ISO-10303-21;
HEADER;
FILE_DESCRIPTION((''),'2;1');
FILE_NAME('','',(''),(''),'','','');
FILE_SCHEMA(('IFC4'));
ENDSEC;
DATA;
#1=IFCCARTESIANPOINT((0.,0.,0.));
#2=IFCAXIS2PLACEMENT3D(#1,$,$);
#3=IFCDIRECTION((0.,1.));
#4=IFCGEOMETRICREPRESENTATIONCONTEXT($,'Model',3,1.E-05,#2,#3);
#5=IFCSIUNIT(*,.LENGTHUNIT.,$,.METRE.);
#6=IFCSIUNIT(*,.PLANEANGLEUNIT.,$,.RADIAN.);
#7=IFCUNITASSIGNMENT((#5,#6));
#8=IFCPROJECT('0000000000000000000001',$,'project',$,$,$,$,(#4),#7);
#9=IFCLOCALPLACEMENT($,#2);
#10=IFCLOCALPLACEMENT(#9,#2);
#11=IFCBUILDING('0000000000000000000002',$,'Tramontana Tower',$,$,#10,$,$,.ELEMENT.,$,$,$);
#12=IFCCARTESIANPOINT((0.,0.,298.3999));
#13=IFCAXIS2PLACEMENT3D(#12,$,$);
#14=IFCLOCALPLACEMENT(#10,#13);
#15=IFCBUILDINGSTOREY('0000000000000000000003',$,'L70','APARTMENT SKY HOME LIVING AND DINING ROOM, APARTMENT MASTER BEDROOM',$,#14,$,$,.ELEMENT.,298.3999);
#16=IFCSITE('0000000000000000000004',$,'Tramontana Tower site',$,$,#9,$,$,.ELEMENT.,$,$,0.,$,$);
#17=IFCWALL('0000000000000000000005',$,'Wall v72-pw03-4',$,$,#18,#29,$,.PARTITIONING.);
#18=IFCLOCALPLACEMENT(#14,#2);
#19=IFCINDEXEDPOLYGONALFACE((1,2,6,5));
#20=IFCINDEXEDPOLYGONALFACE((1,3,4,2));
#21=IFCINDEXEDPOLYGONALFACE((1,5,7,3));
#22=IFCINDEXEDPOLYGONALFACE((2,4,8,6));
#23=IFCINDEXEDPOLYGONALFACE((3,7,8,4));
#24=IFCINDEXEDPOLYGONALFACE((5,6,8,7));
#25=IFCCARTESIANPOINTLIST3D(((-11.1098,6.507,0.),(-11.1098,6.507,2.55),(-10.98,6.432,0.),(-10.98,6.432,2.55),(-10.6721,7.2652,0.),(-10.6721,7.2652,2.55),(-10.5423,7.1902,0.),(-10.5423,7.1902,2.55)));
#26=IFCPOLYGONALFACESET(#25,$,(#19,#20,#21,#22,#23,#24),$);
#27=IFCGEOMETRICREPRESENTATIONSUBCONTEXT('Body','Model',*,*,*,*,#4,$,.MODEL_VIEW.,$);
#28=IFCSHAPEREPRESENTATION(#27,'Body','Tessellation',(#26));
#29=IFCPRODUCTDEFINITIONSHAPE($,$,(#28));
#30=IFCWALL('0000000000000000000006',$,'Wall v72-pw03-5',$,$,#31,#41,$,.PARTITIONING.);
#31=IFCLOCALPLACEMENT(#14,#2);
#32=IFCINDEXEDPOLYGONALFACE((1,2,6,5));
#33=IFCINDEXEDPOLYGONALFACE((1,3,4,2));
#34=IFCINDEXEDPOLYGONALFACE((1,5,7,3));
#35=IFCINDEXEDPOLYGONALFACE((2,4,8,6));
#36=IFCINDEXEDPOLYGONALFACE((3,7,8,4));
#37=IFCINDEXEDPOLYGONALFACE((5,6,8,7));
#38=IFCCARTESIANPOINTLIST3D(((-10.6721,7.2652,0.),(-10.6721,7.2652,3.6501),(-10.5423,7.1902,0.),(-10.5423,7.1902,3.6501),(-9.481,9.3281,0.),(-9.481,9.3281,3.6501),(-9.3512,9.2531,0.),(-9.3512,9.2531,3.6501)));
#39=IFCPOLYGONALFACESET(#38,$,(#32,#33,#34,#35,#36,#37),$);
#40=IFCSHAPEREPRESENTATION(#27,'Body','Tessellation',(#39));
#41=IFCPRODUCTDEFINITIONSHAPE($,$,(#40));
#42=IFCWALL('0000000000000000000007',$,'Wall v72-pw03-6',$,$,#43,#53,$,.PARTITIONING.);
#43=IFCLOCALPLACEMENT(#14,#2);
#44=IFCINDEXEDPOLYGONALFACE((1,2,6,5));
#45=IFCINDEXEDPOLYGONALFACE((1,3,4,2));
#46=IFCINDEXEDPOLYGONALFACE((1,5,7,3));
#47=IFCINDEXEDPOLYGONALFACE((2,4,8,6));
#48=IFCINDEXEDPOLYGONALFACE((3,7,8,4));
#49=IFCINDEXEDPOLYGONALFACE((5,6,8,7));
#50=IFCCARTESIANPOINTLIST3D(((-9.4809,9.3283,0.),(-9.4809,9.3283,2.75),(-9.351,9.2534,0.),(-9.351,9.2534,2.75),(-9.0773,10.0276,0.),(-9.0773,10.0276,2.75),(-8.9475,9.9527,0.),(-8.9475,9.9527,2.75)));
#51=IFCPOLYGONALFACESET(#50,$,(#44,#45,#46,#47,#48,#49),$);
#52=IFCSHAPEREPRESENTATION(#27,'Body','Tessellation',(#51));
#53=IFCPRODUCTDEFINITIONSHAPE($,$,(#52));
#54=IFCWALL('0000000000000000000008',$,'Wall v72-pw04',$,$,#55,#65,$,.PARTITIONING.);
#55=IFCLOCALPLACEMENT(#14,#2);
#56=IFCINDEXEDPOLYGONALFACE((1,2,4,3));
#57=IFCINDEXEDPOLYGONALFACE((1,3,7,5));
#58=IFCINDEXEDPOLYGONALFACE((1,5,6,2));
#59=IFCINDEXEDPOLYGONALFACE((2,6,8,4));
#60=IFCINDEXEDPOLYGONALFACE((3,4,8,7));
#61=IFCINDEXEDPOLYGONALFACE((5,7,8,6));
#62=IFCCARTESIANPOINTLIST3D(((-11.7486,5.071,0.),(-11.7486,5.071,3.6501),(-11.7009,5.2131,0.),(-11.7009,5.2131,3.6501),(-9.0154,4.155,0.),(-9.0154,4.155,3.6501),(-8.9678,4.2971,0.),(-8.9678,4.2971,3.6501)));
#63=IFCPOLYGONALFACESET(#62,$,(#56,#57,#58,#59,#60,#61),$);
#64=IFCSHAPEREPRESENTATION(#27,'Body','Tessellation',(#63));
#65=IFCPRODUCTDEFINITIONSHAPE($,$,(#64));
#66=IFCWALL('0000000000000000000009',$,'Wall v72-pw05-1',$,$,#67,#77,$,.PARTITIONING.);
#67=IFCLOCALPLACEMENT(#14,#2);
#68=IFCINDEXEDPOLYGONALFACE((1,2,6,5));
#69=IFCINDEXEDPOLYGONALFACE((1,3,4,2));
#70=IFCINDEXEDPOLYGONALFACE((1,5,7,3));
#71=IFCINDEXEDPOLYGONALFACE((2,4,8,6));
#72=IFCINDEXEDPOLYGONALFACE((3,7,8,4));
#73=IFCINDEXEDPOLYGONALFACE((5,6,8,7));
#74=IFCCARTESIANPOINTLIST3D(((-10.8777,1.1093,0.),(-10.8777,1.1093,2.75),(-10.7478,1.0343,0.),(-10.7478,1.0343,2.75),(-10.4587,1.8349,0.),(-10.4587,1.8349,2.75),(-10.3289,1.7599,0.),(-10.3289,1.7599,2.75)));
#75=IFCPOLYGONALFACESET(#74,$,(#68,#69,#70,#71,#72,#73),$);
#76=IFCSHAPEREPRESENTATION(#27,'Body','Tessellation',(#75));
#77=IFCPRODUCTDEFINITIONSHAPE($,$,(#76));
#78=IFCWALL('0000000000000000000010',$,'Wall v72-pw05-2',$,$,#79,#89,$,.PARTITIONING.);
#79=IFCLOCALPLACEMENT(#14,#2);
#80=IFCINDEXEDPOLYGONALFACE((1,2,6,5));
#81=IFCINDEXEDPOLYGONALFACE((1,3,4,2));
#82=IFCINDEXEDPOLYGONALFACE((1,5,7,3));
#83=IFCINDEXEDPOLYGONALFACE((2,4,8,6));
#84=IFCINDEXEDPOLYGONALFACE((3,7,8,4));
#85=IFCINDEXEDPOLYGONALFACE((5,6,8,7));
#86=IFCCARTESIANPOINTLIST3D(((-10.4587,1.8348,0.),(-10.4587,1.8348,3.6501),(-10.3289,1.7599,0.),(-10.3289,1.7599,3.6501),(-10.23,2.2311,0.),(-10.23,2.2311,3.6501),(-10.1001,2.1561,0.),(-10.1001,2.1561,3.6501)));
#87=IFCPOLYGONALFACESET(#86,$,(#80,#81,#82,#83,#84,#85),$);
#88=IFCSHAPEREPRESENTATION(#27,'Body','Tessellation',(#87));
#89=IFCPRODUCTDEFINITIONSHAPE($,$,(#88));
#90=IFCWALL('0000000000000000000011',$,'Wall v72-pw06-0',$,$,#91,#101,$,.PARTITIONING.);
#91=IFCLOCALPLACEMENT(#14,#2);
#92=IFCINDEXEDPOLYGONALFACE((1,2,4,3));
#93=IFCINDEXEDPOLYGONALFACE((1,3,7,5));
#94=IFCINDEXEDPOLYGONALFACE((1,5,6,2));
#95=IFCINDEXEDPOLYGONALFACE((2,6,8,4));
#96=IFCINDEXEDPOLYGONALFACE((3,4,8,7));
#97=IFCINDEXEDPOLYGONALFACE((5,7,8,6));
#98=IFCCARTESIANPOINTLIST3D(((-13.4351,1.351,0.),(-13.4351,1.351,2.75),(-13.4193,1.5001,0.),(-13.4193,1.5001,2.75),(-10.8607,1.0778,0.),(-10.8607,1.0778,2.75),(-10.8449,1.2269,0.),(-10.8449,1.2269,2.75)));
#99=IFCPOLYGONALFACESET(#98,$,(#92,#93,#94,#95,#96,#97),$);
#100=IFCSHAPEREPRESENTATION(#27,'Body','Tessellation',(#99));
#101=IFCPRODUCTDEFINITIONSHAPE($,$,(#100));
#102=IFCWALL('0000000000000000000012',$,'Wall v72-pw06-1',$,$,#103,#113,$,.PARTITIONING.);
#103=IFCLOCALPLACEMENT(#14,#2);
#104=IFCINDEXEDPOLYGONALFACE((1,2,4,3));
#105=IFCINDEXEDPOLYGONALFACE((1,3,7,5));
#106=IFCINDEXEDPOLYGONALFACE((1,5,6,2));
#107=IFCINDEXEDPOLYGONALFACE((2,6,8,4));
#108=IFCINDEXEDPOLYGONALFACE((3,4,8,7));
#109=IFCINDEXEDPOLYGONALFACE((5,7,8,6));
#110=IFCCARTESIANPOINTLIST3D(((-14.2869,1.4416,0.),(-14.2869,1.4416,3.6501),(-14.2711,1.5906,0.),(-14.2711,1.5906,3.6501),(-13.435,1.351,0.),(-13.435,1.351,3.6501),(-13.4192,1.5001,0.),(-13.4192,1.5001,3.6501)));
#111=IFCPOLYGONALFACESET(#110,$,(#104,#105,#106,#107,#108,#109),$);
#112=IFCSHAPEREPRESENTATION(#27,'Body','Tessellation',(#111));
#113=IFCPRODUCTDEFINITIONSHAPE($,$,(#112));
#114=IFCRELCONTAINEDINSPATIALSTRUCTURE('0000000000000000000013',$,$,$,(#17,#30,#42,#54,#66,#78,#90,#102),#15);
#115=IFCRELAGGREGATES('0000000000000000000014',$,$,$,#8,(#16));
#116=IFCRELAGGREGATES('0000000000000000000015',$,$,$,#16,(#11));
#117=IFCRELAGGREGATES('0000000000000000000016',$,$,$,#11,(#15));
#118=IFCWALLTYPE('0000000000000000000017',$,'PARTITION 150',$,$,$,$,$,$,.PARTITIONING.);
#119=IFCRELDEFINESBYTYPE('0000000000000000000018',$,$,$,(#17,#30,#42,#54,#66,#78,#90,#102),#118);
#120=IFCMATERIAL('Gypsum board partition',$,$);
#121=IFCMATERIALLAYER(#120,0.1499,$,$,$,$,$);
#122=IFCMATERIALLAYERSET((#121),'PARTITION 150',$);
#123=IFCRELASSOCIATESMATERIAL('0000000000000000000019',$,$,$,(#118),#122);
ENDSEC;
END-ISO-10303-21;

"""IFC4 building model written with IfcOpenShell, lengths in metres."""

from ifc_helpers import new_model, si_unit, direction, frame, frame_2d, origin, place, context, subcontext, project, spatial, rectangle, extrude, material, layer, layer_set, type_object, element, save


model = new_model("IFC4")

# Units and contexts
model_context = context("Model", 3, precision=1e-05, world=origin(), true_north=direction((0.0, 1.0)))
body_context = subcontext(model_context, "Body", "Model", "MODEL_VIEW")
ifc_project = project(units=[si_unit("LENGTHUNIT", "METRE"), si_unit("PLANEANGLEUNIT", "RADIAN")], contexts=[model_context])

# Site, building, storey
site_placement = place(None, origin())
site = spatial("IfcSite", under=ifc_project, at=site_placement, Name="Tramontana Tower site", CompositionType="ELEMENT", RefElevation=0.0)
building_placement = place(site_placement, origin())
building = spatial("IfcBuilding", under=site, at=building_placement, Name="Tramontana Tower", CompositionType="ELEMENT")
storey_placement = place(building_placement, frame((0.0, 0.0, 298.3999)))
storey = spatial("IfcBuildingStorey", under=building, at=storey_placement, Name="L70", Description="APARTMENT SKY HOME LIVING AND DINING ROOM, APARTMENT MASTER BEDROOM", CompositionType="ELEMENT", Elevation=298.3999)

# Shared definitions
ifc_material_1 = material(Name="Gypsum board partition")
ifc_layer_1 = layer(ifc_material_1, 0.1499)
ifc_layer_set_1 = layer_set([ifc_layer_1], Name="PARTITION 150")
wall_type_1 = type_object("IfcWallType", Name="PARTITION 150", PredefinedType="PARTITIONING", material=ifc_layer_set_1)

# Walls
wall_1_placement = place(storey_placement, frame((-11.0449, 6.4695, 0.0), z_axis=(0.0, 0.0, 1.0), x_axis=(0.499948, 0.866056, 0.0)))
element("IfcWall", 1, at=wall_1_placement, inside=storey, type_object=wall_type_1, Name="Wall v72-pw03-4", PredefinedType="PARTITIONING", context=body_context, shape_type="SweptSolid", body=[
    extrude(rectangle(XDim=0.8755, YDim=0.1499, at=frame_2d((0.4377, 0.0))), origin(), (0.0, 0.0, 1.0), 2.55),
])
wall_2_placement = place(storey_placement, frame((-10.6072, 7.2278, 0.0), z_axis=(0.0, 0.0, 1.0), x_axis=(0.50003, 0.866008, 0.0)))
element("IfcWall", 2, at=wall_2_placement, inside=storey, type_object=wall_type_1, Name="Wall v72-pw03-5", PredefinedType="PARTITIONING", context=body_context, shape_type="SweptSolid", body=[
    extrude(rectangle(XDim=2.3821, YDim=0.1499, at=frame_2d((1.1909, 0.0))), origin(), (0.0, 0.0, 1.0), 3.6501),
])
wall_3_placement = place(storey_placement, frame((-9.416, 9.2908, 0.0), z_axis=(0.0, 0.0, 1.0), x_axis=(0.49988, 0.866095, 0.0)))
element("IfcWall", 3, at=wall_3_placement, inside=storey, type_object=wall_type_1, Name="Wall v72-pw03-6", PredefinedType="PARTITIONING", context=body_context, shape_type="SweptSolid", body=[
    extrude(rectangle(XDim=0.8074, YDim=0.1499, at=frame_2d((0.4038, 0.0))), origin(), (0.0, 0.0, 1.0), 2.75),
])
wall_4_placement = place(storey_placement, frame((-11.7249, 5.1421, 0.0), z_axis=(0.0, 0.0, 1.0), x_axis=(0.948165, -0.317777, 0.0)))
element("IfcWall", 4, at=wall_4_placement, inside=storey, type_object=wall_type_1, Name="Wall v72-pw04", PredefinedType="PARTITIONING", context=body_context, shape_type="SweptSolid", body=[
    extrude(rectangle(XDim=2.8826, YDim=0.1499, at=frame_2d((1.4414, 0.0))), origin(), (0.0, 0.0, 1.0), 3.6501),
])
wall_5_placement = place(storey_placement, frame((-10.8127, 1.0718, 0.0), z_axis=(0.0, 0.0, 1.0), x_axis=(0.500025, 0.866011, 0.0)))
element("IfcWall", 5, at=wall_5_placement, inside=storey, type_object=wall_type_1, Name="Wall v72-pw05-1", PredefinedType="PARTITIONING", context=body_context, shape_type="SweptSolid", body=[
    extrude(rectangle(XDim=0.8379, YDim=0.1499, at=frame_2d((0.4189, 0.0))), origin(), (0.0, 0.0, 1.0), 2.75),
])
wall_6_placement = place(storey_placement, frame((-10.3938, 1.7974, 0.0), z_axis=(0.0, 0.0, 1.0), x_axis=(0.499984, 0.866035, 0.0)))
element("IfcWall", 6, at=wall_6_placement, inside=storey, type_object=wall_type_1, Name="Wall v72-pw05-2", PredefinedType="PARTITIONING", context=body_context, shape_type="SweptSolid", body=[
    extrude(rectangle(XDim=0.4575, YDim=0.1499, at=frame_2d((0.2288, 0.0))), origin(), (0.0, 0.0, 1.0), 3.6501),
])
wall_7_placement = place(storey_placement, frame((-10.8528, 1.1523, 0.0), z_axis=(0.0, 0.0, 1.0), x_axis=(-0.994417, 0.105524, 0.0)))
element("IfcWall", 7, at=wall_7_placement, inside=storey, type_object=wall_type_1, Name="Wall v72-pw06-0", PredefinedType="PARTITIONING", context=body_context, shape_type="SweptSolid", body=[
    extrude(rectangle(XDim=2.5889, YDim=0.1499, at=frame_2d((1.2944, 0.0))), origin(), (0.0, 0.0, 1.0), 2.75),
])
wall_8_placement = place(storey_placement, frame((-13.4272, 1.4255, 0.0), z_axis=(0.0, 0.0, 1.0), x_axis=(-0.994394, 0.105738, 0.0)))
element("IfcWall", 8, at=wall_8_placement, inside=storey, type_object=wall_type_1, Name="Wall v72-pw06-1", PredefinedType="PARTITIONING", context=body_context, shape_type="SweptSolid", body=[
    extrude(rectangle(XDim=0.8567, YDim=0.1499, at=frame_2d((0.4282, 0.0))), origin(), (0.0, 0.0, 1.0), 3.6501),
])

save(model, "model.ifc")
